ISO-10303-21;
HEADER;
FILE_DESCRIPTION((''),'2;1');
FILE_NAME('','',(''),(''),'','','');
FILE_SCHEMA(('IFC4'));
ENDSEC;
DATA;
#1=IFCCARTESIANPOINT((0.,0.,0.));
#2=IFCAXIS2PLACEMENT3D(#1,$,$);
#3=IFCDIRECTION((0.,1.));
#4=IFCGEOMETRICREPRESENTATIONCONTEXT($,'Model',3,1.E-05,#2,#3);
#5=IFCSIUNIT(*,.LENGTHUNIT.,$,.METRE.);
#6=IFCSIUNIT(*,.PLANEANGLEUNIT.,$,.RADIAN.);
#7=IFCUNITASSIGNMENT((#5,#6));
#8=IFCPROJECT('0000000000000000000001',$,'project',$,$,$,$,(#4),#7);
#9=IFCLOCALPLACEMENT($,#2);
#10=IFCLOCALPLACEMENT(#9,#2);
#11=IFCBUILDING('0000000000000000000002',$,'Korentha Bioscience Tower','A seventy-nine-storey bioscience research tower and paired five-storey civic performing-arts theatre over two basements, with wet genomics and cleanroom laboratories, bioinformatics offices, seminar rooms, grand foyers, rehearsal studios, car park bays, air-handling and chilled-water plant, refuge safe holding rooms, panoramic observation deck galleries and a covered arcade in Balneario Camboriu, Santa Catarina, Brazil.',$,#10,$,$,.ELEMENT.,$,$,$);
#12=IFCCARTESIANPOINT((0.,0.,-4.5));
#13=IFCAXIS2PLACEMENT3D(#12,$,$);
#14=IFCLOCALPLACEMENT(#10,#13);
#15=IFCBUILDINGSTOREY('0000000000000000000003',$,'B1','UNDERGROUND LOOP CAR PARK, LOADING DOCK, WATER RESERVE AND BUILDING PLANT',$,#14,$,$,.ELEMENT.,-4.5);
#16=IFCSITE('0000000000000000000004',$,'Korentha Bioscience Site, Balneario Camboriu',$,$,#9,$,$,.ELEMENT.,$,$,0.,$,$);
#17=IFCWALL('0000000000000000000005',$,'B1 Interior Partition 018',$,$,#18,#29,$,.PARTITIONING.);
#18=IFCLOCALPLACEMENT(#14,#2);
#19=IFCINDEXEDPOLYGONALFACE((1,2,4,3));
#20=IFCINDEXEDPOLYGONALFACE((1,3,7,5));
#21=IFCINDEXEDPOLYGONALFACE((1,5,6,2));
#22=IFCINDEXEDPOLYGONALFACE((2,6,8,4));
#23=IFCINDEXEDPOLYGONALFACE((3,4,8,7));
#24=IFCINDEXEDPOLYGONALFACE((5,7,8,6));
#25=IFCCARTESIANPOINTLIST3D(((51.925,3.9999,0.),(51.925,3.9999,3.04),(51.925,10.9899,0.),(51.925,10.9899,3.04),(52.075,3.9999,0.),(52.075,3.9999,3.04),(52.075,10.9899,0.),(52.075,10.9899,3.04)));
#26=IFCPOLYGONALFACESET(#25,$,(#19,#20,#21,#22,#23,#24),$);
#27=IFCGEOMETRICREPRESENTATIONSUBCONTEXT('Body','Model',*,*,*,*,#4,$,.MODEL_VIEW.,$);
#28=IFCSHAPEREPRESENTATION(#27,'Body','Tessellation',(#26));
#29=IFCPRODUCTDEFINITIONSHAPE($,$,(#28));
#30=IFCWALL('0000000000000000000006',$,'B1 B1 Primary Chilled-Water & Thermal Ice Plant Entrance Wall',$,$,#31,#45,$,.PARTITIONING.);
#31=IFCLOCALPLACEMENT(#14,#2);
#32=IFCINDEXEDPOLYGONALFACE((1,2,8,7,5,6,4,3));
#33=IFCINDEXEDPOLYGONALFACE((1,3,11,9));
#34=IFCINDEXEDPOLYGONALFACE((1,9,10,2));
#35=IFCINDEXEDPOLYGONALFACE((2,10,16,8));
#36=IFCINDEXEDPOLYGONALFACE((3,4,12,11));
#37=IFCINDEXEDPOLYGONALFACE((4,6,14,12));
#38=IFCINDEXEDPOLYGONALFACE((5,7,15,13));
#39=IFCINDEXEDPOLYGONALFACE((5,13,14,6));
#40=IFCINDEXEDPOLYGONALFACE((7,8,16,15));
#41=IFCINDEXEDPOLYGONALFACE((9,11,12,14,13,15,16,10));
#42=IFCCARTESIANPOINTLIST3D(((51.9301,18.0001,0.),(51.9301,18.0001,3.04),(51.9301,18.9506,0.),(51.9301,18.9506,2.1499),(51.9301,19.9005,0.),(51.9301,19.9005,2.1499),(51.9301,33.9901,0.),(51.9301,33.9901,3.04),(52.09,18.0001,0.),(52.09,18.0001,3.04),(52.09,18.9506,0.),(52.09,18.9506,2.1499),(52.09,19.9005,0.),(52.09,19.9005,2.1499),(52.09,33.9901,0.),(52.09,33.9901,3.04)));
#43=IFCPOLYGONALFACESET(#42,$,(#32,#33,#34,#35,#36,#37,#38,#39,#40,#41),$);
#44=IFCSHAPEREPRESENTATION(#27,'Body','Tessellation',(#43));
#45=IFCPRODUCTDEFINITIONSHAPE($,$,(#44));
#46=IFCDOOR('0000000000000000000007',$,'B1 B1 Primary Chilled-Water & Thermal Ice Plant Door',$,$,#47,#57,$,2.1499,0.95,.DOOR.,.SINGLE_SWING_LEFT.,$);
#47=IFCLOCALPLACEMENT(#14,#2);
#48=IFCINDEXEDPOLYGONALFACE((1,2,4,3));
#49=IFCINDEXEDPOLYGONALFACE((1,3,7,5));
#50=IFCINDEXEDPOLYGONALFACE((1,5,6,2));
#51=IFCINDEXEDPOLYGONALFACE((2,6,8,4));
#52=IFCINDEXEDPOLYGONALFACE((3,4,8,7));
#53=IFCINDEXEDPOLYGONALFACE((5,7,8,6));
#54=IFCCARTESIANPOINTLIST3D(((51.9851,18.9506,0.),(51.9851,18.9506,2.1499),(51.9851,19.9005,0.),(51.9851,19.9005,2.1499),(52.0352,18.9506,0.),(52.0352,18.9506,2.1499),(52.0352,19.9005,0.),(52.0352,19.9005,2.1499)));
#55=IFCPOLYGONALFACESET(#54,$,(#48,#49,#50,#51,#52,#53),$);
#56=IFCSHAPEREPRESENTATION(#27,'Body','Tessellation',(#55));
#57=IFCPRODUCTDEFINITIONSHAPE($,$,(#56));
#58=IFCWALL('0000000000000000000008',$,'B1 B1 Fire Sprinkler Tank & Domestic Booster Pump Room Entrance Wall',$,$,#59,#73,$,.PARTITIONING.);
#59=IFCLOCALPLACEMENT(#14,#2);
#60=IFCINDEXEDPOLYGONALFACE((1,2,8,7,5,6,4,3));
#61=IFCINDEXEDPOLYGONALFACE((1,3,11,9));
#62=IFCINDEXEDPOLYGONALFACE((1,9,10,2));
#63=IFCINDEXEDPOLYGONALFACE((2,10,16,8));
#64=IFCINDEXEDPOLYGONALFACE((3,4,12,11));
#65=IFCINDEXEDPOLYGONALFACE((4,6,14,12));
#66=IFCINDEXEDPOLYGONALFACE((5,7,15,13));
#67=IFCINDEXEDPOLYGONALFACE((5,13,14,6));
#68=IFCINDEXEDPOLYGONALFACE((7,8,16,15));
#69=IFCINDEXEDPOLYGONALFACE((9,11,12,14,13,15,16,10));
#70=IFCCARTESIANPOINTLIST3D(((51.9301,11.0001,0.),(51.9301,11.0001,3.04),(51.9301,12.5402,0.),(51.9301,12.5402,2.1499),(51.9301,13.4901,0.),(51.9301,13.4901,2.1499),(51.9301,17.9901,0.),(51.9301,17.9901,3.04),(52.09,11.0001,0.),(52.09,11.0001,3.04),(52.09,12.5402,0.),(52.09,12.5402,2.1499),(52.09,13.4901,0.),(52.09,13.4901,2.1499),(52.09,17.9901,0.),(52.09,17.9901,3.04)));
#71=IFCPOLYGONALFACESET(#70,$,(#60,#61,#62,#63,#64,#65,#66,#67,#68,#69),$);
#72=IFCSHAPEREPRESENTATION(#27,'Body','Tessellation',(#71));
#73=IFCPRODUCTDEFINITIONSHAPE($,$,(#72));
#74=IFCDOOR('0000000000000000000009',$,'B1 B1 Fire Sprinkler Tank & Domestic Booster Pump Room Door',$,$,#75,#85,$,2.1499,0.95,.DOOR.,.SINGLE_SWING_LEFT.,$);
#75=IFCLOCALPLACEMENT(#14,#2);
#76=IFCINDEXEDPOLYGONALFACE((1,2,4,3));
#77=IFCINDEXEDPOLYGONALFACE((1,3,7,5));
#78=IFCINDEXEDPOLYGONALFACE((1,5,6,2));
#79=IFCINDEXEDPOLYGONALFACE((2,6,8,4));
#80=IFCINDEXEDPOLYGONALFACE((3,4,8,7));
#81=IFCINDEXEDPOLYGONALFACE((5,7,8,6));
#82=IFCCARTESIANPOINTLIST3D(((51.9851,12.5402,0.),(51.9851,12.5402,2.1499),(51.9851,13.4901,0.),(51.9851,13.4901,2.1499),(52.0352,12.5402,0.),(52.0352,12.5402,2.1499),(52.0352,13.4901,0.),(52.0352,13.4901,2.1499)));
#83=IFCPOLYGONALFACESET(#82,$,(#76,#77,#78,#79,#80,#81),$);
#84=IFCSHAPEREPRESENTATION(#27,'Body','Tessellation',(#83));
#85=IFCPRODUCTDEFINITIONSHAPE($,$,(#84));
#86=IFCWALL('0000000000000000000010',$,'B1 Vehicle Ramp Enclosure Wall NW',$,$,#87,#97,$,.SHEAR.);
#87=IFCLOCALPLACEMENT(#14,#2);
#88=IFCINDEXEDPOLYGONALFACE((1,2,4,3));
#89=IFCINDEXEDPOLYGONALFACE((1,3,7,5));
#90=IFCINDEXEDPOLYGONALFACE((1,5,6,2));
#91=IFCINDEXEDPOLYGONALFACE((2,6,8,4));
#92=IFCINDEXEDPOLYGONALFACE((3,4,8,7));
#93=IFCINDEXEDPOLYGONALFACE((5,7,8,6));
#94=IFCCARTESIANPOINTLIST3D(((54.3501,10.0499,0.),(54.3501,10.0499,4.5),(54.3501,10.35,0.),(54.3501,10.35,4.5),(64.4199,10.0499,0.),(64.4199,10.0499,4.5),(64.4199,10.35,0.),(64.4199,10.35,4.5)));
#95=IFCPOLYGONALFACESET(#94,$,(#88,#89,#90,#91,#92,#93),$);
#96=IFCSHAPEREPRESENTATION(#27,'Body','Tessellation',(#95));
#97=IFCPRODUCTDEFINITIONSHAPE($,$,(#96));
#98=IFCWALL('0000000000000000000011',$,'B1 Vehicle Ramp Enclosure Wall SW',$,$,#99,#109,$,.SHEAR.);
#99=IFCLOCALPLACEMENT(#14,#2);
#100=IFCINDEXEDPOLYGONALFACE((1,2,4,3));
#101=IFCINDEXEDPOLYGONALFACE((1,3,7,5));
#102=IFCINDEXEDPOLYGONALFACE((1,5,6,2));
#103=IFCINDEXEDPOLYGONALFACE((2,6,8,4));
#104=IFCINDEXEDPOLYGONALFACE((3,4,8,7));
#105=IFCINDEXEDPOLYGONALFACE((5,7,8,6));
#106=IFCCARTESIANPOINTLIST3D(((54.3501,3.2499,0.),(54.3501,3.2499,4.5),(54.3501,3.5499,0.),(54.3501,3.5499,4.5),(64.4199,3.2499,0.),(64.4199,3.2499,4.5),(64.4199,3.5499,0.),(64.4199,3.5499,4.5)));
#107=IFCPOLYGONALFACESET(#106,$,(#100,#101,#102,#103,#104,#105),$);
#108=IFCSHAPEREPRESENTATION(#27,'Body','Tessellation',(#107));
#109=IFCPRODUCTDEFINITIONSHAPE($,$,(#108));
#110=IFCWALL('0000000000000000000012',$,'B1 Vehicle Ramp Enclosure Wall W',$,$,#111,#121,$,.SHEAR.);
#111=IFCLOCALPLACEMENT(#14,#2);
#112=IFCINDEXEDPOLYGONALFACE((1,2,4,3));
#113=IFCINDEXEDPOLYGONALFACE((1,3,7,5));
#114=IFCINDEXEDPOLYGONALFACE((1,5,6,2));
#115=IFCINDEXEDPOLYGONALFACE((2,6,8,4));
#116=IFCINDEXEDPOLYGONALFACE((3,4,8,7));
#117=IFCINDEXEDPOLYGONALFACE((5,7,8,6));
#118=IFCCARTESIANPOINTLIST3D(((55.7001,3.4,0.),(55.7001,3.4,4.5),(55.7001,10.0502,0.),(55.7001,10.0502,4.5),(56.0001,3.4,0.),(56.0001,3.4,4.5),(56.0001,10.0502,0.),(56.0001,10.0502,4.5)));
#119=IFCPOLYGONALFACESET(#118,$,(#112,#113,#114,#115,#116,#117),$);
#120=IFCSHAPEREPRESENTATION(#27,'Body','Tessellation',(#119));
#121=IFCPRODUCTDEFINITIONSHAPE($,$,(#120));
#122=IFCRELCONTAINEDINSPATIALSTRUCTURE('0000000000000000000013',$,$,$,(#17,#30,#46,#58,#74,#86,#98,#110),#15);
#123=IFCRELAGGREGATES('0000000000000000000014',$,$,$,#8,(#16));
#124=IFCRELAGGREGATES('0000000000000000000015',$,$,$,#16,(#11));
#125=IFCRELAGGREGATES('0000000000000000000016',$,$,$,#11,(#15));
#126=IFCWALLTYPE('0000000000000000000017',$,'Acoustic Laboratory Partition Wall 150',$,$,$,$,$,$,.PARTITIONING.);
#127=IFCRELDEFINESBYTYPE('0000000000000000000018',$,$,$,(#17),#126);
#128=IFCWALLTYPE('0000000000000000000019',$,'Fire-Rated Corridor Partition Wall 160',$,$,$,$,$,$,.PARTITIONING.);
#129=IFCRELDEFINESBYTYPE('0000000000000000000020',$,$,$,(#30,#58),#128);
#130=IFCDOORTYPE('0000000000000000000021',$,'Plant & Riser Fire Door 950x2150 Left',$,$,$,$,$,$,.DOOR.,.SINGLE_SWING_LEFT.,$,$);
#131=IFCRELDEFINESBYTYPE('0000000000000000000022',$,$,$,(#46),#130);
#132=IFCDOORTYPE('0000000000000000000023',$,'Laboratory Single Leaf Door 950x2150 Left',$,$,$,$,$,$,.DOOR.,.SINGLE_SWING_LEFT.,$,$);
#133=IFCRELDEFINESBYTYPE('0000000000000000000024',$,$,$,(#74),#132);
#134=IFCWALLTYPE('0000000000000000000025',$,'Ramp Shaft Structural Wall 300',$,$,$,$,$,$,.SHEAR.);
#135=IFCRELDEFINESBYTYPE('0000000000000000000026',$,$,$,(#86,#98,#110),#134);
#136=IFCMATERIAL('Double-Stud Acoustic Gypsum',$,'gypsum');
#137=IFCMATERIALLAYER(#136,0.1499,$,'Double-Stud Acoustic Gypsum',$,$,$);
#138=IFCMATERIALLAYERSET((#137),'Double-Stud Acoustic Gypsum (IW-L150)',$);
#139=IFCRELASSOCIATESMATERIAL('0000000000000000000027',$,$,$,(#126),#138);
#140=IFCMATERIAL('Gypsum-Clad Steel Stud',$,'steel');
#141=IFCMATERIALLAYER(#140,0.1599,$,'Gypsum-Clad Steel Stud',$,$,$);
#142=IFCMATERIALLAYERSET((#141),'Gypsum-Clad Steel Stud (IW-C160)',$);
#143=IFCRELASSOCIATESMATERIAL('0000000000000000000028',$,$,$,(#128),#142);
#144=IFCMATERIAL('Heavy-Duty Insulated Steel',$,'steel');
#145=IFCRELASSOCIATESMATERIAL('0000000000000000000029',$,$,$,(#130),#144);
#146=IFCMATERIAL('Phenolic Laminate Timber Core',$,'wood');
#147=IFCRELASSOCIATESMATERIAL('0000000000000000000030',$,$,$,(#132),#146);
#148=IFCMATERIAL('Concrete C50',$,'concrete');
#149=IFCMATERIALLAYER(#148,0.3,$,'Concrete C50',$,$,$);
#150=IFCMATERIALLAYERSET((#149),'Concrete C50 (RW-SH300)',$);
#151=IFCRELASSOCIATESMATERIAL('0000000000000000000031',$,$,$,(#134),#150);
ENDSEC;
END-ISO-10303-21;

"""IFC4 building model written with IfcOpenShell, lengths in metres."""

from ifc_helpers import new_model, si_unit, direction, frame, frame_2d, origin, place, context, subcontext, project, spatial, rectangle, extrude, material, layer, layer_set, type_object, element, fill, save


model = new_model("IFC4")

# Units and contexts
model_context = context("Model", 3, precision=1e-05, world=origin(), true_north=direction((0.0, 1.0)))
body_context = subcontext(model_context, "Body", "Model", "MODEL_VIEW")
ifc_project = project(units=[si_unit("LENGTHUNIT", "METRE"), si_unit("PLANEANGLEUNIT", "RADIAN")], contexts=[model_context])

# Site, building, storey
site_placement = place(None, origin())
site = spatial("IfcSite", under=ifc_project, at=site_placement, Name="Korentha Bioscience Site, Balneario Camboriu", CompositionType="ELEMENT", RefElevation=0.0)
building_placement = place(site_placement, origin())
building = spatial("IfcBuilding", under=site, at=building_placement, Name="Korentha Bioscience Tower", Description="A seventy-nine-storey bioscience research tower and paired five-storey civic performing-arts theatre over two basements, with wet genomics and cleanroom laboratories, bioinformatics offices, seminar rooms, grand foyers, rehearsal studios, car park bays, air-handling and chilled-water plant, refuge safe holding rooms, panoramic observation deck galleries and a covered arcade in Balneario Camboriu, Santa Catarina, Brazil.", CompositionType="ELEMENT")
storey_placement = place(building_placement, frame((0.0, 0.0, -4.5)))
storey = spatial("IfcBuildingStorey", under=building, at=storey_placement, Name="B1", Description="UNDERGROUND LOOP CAR PARK, LOADING DOCK, WATER RESERVE AND BUILDING PLANT", CompositionType="ELEMENT", Elevation=-4.5)

# Wall
ifc_material_1 = material(Name="Double-Stud Acoustic Gypsum", Category="gypsum")
ifc_layer_1 = layer(ifc_material_1, 0.1499, Name="Double-Stud Acoustic Gypsum")
ifc_layer_set_1 = layer_set([ifc_layer_1], Name="Double-Stud Acoustic Gypsum (IW-L150)")
wall_type_1 = type_object("IfcWallType", Name="Acoustic Laboratory Partition Wall 150", PredefinedType="PARTITIONING", material=ifc_layer_set_1)
wall_1_placement = place(storey_placement, frame((52.0, 10.99, 0.0), z_axis=(0.0, 0.0, 1.0), x_axis=(0.0, -1.0, 0.0)))
element("IfcWall", 1, at=wall_1_placement, inside=storey, type_object=wall_type_1, Name="B1 Interior Partition 018", PredefinedType="PARTITIONING", context=body_context, shape_type="SweptSolid", body=[
    extrude(rectangle(XDim=6.99, YDim=0.1499, at=frame_2d((3.4951, 0.0))), origin(), (0.0, 0.0, 1.0), 3.04),
])

# Walls, openings, doors
ifc_material_2 = material(Name="Gypsum-Clad Steel Stud", Category="steel")
ifc_layer_2 = layer(ifc_material_2, 0.1599, Name="Gypsum-Clad Steel Stud")
ifc_layer_set_2 = layer_set([ifc_layer_2], Name="Gypsum-Clad Steel Stud (IW-C160)")
wall_type_2 = type_object("IfcWallType", Name="Fire-Rated Corridor Partition Wall 160", PredefinedType="PARTITIONING", material=ifc_layer_set_2)
wall_2_placement = place(storey_placement, frame((52.01, 18.0, 0.0), z_axis=(0.0, 0.0, 1.0), x_axis=(0.0, 1.0, 0.0)))
wall_2 = element("IfcWall", 2, at=wall_2_placement, inside=storey, type_object=wall_type_2, Name="B1 B1 Primary Chilled-Water & Thermal Ice Plant Entrance Wall", PredefinedType="PARTITIONING", context=body_context, shape_type="SweptSolid", body=[
    extrude(rectangle(XDim=15.99, YDim=0.1599, at=frame_2d((7.9951, 0.0))), origin(), (0.0, 0.0, 1.0), 3.04),
])
opening_1_placement = place(wall_2_placement, frame((0.9504, 0.0, 0.0)))
opening_1 = element("IfcOpeningElement", 3, at=opening_1_placement, cuts=wall_2, PredefinedType="OPENING", context=body_context, shape_type="SweptSolid", body=[
    extrude(rectangle(XDim=0.95, YDim=2.1499, at=frame_2d((0.4751, 1.075))), frame((0.0, 0.0947, 0.0), z_axis=(0.0, -1.0, 0.0), x_axis=(1.0, 0.0, 0.0)), (0.0, 0.0, 1.0), 0.1897),
])
ifc_material_3 = material(Name="Heavy-Duty Insulated Steel", Category="steel")
door_type_1 = type_object("IfcDoorType", Name="Plant & Riser Fire Door 950x2150 Left", OperationType="SINGLE_SWING_LEFT", PredefinedType="DOOR", material=ifc_material_3)
door_1_placement = place(opening_1_placement, origin())
door_1 = element("IfcDoor", 4, at=door_1_placement, inside=storey, type_object=door_type_1, Name="B1 B1 Primary Chilled-Water & Thermal Ice Plant Door", OperationType="SINGLE_SWING_LEFT", OverallHeight=2.1499, OverallWidth=0.95, PredefinedType="DOOR", context=body_context, shape_type="SweptSolid", body=[
    extrude(rectangle(XDim=0.95, YDim=2.1499, at=frame_2d((0.4751, 1.075))), frame((0.0, 0.0249, 0.0), z_axis=(0.0, -1.0, 0.0), x_axis=(1.0, 0.0, 0.0)), (0.0, 0.0, 1.0), 0.05),
])
fill(opening_1, door_1)
wall_3_placement = place(storey_placement, frame((52.01, 11.0, 0.0), z_axis=(0.0, 0.0, 1.0), x_axis=(0.0, 1.0, 0.0)))
wall_3 = element("IfcWall", 5, at=wall_3_placement, inside=storey, type_object=wall_type_2, Name="B1 B1 Fire Sprinkler Tank & Domestic Booster Pump Room Entrance Wall", PredefinedType="PARTITIONING", context=body_context, shape_type="SweptSolid", body=[
    extrude(rectangle(XDim=6.99, YDim=0.1599, at=frame_2d((3.4951, 0.0))), origin(), (0.0, 0.0, 1.0), 3.04),
])
opening_2_placement = place(wall_3_placement, frame((1.54, 0.0, 0.0)))
opening_2 = element("IfcOpeningElement", 6, at=opening_2_placement, cuts=wall_3, PredefinedType="OPENING", context=body_context, shape_type="SweptSolid", body=[
    extrude(rectangle(XDim=0.95, YDim=2.1499, at=frame_2d((0.4751, 1.075))), frame((0.0, 0.0947, 0.0), z_axis=(0.0, -1.0, 0.0), x_axis=(1.0, 0.0, 0.0)), (0.0, 0.0, 1.0), 0.1897),
])
ifc_material_4 = material(Name="Phenolic Laminate Timber Core", Category="wood")
door_type_2 = type_object("IfcDoorType", Name="Laboratory Single Leaf Door 950x2150 Left", OperationType="SINGLE_SWING_LEFT", PredefinedType="DOOR", material=ifc_material_4)
door_2_placement = place(opening_2_placement, origin())
door_2 = element("IfcDoor", 7, at=door_2_placement, inside=storey, type_object=door_type_2, Name="B1 B1 Fire Sprinkler Tank & Domestic Booster Pump Room Door", OperationType="SINGLE_SWING_LEFT", OverallHeight=2.1499, OverallWidth=0.95, PredefinedType="DOOR", context=body_context, shape_type="SweptSolid", body=[
    extrude(rectangle(XDim=0.95, YDim=2.1499, at=frame_2d((0.4751, 1.075))), frame((0.0, 0.0249, 0.0), z_axis=(0.0, -1.0, 0.0), x_axis=(1.0, 0.0, 0.0)), (0.0, 0.0, 1.0), 0.05),
])
fill(opening_2, door_2)

# Walls
ifc_material_5 = material(Name="Concrete C50", Category="concrete")
ifc_layer_3 = layer(ifc_material_5, 0.3, Name="Concrete C50")
ifc_layer_set_3 = layer_set([ifc_layer_3], Name="Concrete C50 (RW-SH300)")
wall_type_3 = type_object("IfcWallType", Name="Ramp Shaft Structural Wall 300", PredefinedType="SHEAR", material=ifc_layer_set_3)
for number, where, z_axis, x_axis, name in (
    (8, (54.3501, 10.2, 0.0), (0.0, 0.0, 1.0), (1.0, 0.0, 0.0), "B1 Vehicle Ramp Enclosure Wall NW"),
    (9, (54.3501, 3.3999, 0.0), (0.0, 0.0, 1.0), (1.0, 0.0, 0.0), "B1 Vehicle Ramp Enclosure Wall SW"),
):
    element("IfcWall", number, at=place(storey_placement, frame(where, z_axis=z_axis, x_axis=x_axis)), inside=storey, type_object=wall_type_3, Name=name, PredefinedType="SHEAR", context=body_context, shape_type="SweptSolid", body=[
        extrude(rectangle(XDim=10.0698, YDim=0.3, at=frame_2d((5.0349, 0.0))), origin(), (0.0, 0.0, 1.0), 4.5),
    ])
wall_4_placement = place(storey_placement, frame((55.8501, 3.3999, 0.0), z_axis=(0.0, 0.0, 1.0), x_axis=(0.0, 1.0, 0.0)))
element("IfcWall", 10, at=wall_4_placement, inside=storey, type_object=wall_type_3, Name="B1 Vehicle Ramp Enclosure Wall W", PredefinedType="SHEAR", context=body_context, shape_type="SweptSolid", body=[
    extrude(rectangle(XDim=6.6501, YDim=0.3, at=frame_2d((3.3252, 0.0))), origin(), (0.0, 0.0, 1.0), 4.5),
])

save(model, "model.ifc")
